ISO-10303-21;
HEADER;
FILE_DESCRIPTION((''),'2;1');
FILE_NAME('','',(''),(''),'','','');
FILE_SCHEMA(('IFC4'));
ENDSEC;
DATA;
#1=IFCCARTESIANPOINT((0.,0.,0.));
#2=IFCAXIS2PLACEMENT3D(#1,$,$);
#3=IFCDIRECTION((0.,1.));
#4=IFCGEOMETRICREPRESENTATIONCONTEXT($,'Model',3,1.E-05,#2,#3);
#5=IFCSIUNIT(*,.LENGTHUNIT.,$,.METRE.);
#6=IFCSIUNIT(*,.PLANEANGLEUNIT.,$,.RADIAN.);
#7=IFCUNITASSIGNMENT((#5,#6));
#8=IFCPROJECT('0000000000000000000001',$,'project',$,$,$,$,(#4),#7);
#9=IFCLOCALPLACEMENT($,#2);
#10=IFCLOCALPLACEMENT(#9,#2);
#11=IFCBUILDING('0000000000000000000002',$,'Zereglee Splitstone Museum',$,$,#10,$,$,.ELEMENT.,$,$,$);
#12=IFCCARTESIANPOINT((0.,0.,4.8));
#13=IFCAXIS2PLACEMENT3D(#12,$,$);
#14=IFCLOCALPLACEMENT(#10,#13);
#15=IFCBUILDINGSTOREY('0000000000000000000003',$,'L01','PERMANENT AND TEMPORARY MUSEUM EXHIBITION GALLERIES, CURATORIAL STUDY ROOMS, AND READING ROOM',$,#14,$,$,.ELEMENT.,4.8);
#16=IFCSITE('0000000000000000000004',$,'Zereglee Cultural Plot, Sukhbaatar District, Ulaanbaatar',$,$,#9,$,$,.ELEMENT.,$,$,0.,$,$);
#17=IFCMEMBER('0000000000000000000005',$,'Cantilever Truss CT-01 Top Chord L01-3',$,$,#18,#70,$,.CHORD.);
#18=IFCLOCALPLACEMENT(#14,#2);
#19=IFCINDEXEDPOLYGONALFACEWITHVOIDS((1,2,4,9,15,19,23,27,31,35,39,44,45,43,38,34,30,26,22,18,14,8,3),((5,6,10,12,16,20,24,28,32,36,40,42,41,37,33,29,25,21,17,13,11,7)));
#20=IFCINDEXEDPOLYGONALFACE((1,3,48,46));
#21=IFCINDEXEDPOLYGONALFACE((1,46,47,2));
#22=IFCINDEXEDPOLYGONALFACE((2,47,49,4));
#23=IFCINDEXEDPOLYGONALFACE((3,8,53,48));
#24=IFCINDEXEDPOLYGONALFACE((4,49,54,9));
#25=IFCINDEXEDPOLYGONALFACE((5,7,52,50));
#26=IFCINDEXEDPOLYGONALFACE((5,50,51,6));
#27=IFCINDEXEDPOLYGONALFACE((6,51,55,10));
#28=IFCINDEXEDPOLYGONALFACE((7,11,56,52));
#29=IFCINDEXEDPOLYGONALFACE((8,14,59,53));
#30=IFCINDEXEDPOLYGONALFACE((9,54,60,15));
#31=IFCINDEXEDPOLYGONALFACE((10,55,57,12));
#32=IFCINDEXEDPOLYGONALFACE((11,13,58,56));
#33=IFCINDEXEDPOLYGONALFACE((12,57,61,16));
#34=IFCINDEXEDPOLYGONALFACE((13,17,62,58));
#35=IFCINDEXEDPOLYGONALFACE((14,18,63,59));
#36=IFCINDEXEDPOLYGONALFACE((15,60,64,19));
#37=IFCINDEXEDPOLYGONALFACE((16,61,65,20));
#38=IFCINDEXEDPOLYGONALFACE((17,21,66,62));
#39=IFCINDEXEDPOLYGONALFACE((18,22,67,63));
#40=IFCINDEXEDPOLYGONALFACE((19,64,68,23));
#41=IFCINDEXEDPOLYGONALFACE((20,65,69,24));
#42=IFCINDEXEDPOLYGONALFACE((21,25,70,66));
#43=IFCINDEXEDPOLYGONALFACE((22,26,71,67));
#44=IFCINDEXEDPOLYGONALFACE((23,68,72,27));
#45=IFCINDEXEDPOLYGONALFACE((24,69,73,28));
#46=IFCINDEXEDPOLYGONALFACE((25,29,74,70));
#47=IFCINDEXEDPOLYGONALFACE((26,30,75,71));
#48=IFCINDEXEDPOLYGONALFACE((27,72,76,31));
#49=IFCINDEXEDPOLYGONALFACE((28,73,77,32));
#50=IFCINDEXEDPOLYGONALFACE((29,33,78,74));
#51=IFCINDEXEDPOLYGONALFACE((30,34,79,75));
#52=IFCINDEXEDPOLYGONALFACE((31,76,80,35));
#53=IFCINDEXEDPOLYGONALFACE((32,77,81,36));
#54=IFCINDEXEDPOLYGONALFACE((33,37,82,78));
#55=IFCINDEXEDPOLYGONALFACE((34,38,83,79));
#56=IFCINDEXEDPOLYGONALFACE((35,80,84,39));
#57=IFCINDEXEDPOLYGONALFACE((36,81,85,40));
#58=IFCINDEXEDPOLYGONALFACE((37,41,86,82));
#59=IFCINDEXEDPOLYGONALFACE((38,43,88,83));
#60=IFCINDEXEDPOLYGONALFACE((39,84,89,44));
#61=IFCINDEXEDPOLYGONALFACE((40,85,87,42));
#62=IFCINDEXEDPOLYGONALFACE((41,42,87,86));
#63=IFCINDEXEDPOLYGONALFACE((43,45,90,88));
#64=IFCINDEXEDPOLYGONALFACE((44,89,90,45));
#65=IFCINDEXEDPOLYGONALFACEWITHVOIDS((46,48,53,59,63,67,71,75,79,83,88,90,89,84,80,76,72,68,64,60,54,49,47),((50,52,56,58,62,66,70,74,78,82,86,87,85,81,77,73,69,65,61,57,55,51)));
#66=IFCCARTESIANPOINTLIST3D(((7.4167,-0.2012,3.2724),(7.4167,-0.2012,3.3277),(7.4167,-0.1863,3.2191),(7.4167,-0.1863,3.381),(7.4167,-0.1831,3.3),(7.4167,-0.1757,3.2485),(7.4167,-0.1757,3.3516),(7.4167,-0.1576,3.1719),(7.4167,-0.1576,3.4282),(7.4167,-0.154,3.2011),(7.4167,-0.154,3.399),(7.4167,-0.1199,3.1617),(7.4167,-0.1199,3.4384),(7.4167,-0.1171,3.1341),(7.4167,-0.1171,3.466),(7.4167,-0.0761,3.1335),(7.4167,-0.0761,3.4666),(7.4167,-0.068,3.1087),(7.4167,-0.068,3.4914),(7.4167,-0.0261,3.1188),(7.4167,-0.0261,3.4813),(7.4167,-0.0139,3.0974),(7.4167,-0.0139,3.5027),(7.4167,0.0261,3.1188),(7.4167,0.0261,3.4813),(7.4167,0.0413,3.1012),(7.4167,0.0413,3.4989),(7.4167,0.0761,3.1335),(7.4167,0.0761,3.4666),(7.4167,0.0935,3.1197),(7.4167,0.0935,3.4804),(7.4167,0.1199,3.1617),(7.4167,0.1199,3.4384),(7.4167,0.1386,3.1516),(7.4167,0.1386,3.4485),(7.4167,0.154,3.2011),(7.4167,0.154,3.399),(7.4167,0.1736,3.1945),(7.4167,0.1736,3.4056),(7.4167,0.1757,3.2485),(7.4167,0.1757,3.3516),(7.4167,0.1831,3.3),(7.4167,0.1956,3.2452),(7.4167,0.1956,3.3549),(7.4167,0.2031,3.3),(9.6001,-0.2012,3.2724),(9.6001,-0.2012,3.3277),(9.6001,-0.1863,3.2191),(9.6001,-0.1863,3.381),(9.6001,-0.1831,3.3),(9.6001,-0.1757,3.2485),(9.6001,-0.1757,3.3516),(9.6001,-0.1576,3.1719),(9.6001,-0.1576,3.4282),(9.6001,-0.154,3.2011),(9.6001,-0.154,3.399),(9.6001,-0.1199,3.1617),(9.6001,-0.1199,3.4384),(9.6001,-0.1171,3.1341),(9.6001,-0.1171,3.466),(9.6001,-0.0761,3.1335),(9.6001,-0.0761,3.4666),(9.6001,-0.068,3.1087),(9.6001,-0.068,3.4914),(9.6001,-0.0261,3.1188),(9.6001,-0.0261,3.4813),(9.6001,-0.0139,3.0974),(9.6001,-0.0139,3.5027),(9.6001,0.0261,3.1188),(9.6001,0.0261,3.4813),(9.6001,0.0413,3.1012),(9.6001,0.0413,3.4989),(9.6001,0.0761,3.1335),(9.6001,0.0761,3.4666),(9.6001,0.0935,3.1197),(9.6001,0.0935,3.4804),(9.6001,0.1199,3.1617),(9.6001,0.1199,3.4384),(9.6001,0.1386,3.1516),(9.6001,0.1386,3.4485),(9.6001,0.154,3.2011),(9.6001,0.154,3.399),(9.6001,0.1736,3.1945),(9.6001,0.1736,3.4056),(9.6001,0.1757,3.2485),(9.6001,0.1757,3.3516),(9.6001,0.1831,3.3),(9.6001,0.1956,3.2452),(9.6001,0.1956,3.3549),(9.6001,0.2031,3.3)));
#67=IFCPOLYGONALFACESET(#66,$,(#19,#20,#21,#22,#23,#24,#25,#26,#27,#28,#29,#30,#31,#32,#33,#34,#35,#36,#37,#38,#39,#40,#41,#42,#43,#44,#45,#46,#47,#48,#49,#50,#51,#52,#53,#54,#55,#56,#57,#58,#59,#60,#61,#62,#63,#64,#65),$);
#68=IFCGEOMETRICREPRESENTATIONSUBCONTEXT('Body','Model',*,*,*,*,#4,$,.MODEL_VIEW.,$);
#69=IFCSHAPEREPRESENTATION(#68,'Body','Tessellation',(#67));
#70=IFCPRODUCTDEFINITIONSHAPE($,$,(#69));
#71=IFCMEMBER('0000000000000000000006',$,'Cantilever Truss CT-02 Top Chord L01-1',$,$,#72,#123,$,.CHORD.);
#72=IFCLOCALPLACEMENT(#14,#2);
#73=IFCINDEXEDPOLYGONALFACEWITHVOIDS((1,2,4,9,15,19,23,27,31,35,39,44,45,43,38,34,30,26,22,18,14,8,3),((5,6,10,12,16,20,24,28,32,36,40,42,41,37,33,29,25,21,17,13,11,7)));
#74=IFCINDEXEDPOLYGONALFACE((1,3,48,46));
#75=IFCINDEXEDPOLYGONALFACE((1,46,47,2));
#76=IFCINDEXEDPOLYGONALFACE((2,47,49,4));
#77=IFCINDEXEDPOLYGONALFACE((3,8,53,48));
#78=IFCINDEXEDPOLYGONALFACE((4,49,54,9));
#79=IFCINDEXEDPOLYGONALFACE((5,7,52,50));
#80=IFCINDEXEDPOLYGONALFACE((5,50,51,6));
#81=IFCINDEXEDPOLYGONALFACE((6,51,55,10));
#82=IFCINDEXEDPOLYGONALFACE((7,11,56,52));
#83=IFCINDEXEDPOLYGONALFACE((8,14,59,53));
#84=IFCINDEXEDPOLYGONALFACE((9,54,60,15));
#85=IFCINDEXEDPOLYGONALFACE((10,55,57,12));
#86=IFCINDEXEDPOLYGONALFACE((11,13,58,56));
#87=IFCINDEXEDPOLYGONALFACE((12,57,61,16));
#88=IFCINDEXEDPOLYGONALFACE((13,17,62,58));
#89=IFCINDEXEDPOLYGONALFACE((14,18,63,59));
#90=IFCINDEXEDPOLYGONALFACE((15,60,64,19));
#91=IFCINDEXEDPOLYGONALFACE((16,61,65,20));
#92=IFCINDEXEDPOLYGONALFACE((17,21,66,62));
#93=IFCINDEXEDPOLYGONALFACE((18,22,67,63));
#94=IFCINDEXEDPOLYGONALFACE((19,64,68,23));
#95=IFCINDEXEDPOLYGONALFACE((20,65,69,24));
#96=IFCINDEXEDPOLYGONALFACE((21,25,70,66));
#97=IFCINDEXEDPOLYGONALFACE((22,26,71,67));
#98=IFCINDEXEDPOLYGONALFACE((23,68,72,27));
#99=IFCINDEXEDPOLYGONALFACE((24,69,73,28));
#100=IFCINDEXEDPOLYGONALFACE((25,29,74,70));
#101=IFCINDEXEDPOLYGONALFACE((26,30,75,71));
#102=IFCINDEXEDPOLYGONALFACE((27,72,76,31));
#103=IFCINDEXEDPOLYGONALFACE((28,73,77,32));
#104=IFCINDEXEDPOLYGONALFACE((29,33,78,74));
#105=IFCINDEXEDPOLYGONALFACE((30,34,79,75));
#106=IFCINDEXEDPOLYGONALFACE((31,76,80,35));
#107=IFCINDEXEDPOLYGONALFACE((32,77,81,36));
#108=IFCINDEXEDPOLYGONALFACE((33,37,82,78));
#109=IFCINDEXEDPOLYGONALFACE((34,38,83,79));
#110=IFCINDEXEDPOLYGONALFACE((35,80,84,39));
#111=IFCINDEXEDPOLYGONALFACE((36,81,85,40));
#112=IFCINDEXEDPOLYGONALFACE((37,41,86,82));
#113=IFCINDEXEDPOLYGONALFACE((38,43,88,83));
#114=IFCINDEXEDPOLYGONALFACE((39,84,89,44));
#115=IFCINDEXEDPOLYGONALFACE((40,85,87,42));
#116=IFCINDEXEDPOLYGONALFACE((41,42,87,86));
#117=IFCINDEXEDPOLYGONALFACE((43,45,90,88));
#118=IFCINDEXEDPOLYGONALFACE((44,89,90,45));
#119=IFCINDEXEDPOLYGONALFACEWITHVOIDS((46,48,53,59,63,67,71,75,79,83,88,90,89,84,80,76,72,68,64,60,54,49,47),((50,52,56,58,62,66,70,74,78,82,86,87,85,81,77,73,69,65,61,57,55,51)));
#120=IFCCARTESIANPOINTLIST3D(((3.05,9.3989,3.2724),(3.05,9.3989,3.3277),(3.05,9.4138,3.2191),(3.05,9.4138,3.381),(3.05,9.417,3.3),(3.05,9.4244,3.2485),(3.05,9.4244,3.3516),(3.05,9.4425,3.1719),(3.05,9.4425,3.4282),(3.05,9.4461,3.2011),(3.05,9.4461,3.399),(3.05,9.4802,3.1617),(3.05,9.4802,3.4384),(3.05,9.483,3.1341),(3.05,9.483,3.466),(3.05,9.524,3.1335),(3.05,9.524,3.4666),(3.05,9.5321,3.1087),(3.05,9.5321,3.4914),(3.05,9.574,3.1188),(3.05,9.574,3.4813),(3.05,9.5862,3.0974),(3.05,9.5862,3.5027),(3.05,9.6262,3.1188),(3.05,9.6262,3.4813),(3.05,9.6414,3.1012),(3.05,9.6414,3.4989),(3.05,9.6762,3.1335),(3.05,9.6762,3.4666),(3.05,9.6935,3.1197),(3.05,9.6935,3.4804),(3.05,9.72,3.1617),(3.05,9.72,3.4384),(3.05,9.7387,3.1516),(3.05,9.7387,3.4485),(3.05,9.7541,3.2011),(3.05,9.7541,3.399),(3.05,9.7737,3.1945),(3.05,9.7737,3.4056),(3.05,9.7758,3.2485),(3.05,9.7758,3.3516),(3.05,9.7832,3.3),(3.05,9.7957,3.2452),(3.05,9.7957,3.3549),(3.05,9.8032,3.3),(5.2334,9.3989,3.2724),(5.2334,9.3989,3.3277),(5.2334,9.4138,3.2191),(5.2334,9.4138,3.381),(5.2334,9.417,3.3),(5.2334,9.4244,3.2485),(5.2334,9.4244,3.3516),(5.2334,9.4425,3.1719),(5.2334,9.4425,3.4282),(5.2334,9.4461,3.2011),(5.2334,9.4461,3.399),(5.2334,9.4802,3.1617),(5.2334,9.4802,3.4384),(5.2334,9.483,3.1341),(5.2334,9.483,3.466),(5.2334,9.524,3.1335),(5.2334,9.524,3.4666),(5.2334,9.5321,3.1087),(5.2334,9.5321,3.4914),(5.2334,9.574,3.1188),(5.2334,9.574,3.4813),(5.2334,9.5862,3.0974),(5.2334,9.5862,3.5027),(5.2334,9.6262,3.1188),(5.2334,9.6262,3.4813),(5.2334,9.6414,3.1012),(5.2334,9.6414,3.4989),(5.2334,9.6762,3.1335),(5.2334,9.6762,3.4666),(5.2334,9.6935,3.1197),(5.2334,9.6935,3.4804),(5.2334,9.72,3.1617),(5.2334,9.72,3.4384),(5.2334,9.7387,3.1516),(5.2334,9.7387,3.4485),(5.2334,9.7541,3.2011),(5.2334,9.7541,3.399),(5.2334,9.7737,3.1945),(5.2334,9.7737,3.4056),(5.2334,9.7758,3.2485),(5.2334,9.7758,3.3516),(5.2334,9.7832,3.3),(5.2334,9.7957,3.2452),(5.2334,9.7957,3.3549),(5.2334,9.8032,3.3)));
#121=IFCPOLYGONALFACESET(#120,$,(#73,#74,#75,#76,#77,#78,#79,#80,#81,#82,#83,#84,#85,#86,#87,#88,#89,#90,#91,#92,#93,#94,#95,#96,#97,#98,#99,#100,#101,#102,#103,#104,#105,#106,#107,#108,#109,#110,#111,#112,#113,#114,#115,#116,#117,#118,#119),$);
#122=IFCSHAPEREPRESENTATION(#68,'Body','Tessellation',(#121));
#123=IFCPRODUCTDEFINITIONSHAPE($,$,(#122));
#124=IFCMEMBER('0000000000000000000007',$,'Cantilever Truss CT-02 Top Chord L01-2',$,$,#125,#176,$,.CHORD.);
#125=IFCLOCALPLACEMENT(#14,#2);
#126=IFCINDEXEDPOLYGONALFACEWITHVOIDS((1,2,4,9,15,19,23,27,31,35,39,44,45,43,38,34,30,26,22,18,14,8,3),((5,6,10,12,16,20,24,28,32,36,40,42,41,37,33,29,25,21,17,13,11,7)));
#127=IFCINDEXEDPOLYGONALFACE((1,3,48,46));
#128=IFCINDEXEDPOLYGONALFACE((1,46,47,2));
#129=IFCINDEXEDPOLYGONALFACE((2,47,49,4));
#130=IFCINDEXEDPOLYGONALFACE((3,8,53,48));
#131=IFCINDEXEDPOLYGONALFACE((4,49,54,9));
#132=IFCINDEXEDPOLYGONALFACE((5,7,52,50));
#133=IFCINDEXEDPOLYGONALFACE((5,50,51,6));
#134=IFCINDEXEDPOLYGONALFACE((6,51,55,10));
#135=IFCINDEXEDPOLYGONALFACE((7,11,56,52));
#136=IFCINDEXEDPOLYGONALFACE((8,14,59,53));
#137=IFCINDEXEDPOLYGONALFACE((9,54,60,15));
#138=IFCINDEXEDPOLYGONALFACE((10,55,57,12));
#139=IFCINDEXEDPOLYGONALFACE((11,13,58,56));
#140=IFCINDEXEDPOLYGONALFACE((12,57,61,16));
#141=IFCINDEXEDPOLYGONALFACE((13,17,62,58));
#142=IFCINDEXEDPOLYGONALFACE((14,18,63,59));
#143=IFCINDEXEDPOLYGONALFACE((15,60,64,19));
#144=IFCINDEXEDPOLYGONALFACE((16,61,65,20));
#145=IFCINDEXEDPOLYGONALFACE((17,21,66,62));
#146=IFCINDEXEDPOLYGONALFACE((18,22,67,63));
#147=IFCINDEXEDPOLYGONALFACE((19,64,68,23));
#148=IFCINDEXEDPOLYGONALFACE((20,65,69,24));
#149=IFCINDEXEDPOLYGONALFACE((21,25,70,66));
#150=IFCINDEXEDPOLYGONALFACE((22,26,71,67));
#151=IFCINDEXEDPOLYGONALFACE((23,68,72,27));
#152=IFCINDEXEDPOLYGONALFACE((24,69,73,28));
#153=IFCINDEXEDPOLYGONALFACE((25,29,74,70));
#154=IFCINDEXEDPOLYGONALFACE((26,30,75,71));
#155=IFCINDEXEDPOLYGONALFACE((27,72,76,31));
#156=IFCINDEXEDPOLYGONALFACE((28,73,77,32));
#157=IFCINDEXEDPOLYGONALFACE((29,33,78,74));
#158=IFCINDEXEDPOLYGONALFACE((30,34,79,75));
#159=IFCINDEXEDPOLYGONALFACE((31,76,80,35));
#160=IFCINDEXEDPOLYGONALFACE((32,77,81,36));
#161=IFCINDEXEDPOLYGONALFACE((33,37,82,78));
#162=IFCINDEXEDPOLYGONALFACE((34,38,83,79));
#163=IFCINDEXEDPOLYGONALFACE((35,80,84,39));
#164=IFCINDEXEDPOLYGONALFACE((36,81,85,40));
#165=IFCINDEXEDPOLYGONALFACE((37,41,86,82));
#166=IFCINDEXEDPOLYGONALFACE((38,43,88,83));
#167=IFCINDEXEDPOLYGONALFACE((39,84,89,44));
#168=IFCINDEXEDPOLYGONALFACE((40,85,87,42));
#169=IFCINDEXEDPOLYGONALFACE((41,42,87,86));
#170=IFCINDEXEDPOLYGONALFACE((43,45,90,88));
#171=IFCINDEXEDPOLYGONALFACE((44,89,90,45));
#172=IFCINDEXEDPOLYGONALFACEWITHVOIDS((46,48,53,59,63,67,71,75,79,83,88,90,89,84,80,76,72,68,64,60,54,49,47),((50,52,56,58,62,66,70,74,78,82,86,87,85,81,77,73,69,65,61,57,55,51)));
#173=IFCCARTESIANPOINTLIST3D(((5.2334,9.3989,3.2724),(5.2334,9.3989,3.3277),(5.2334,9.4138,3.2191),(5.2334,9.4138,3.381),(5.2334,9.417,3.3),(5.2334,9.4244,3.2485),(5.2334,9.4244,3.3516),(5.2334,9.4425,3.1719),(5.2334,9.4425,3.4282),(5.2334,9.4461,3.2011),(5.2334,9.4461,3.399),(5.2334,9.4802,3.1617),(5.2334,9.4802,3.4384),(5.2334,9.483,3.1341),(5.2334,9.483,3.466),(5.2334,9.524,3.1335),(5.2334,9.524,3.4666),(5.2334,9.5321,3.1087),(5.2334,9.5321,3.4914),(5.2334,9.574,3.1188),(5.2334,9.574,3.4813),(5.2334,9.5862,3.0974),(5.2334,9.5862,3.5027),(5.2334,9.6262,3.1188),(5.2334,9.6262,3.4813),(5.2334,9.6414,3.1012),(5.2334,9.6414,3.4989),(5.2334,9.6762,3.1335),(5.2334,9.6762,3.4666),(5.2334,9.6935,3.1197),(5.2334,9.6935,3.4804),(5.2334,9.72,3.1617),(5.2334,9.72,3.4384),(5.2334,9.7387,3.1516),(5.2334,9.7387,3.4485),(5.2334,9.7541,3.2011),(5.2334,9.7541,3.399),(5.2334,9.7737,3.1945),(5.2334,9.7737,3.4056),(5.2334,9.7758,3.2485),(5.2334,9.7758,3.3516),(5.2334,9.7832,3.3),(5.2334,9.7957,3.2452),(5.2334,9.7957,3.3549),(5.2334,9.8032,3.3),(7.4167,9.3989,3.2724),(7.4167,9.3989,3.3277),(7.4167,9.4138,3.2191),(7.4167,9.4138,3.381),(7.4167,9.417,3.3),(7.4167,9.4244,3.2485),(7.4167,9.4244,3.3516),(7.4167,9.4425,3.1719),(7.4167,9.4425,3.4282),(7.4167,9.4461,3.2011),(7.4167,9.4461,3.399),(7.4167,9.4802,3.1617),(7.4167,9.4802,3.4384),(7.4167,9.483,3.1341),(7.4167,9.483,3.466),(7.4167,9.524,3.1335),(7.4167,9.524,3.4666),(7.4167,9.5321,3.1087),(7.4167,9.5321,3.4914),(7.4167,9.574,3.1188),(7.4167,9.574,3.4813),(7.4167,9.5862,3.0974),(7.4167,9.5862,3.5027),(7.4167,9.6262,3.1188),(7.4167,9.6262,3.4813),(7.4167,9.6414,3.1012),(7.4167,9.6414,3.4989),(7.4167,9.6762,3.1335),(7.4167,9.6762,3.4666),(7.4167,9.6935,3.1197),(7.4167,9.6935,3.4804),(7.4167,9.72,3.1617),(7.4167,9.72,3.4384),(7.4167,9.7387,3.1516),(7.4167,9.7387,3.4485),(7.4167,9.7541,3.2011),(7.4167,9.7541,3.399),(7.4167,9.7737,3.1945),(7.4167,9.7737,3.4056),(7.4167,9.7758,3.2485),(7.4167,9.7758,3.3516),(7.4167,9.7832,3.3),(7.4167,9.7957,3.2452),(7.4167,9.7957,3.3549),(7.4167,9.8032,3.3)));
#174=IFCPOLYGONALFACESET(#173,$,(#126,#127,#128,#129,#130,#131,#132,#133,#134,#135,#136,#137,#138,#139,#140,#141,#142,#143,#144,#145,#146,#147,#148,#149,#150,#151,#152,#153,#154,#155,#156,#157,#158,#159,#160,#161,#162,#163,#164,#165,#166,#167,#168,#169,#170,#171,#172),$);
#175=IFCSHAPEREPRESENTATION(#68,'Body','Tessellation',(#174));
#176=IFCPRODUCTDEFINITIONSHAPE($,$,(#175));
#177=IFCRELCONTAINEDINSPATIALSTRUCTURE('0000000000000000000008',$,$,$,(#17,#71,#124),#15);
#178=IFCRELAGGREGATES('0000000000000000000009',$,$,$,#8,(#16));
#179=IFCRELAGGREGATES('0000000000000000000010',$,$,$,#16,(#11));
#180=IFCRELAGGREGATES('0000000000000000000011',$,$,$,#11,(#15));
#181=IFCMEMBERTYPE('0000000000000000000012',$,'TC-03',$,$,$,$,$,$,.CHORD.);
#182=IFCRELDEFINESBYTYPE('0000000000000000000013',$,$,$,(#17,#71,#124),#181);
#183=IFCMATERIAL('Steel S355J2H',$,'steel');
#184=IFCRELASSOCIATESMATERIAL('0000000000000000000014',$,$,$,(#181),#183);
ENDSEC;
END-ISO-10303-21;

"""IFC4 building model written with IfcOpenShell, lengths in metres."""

from ifc_helpers import new_model, si_unit, direction, frame, origin, origin_2d, place, context, subcontext, project, spatial, hollow_circle, extrude, material, material_profile, profile_set, type_object, element, save


model = new_model("IFC4")

# Units and contexts
model_context = context("Model", 3, precision=1e-05, world=origin(), true_north=direction((0.0, 1.0)))
body_context = subcontext(model_context, "Body", "Model", "MODEL_VIEW")
ifc_project = project(units=[si_unit("LENGTHUNIT", "METRE"), si_unit("PLANEANGLEUNIT", "RADIAN")], contexts=[model_context])

# Site, building, storey
site_placement = place(None, origin())
site = spatial("IfcSite", under=ifc_project, at=site_placement, Name="Zereglee Cultural Plot, Sukhbaatar District, Ulaanbaatar", CompositionType="ELEMENT", RefElevation=0.0)
building_placement = place(site_placement, origin())
building = spatial("IfcBuilding", under=site, at=building_placement, Name="Zereglee Splitstone Museum", CompositionType="ELEMENT")
storey_placement = place(building_placement, frame((0.0, 0.0, 4.8)))
storey = spatial("IfcBuildingStorey", under=building, at=storey_placement, Name="L01", Description="PERMANENT AND TEMPORARY MUSEUM EXHIBITION GALLERIES, CURATORIAL STUDY ROOMS, AND READING ROOM", CompositionType="ELEMENT", Elevation=4.8)

# Members
ifc_material_1 = material(Name="Steel S355J2H", Category="steel")
ifc_material_profile_1 = material_profile(ifc_material_1, hollow_circle(Radius=0.2031, WallThickness=0.02, at=origin_2d()), Name="CHS 406.4x20")
ifc_profile_set_1 = profile_set([ifc_material_profile_1], Name="Steel S355J2H")
member_type_1 = type_object("IfcMemberType", Name="TC-03", PredefinedType="CHORD", material=ifc_profile_set_1)
for number, where, z_axis, x_axis, name in (
    (1, (7.4167, 0.0, 3.3), (1.0, 0.0, 0.0), (0.0, 1.0, 0.0), "Cantilever Truss CT-01 Top Chord L01-3"),
    (2, (3.05, 9.6001, 3.3), (1.0, 0.0, 0.0), (0.0, 1.0, 0.0), "Cantilever Truss CT-02 Top Chord L01-1"),
    (3, (5.2334, 9.6001, 3.3), (1.0, 0.0, 0.0), (0.0, 1.0, 0.0), "Cantilever Truss CT-02 Top Chord L01-2"),
):
    element("IfcMember", number, at=place(storey_placement, frame(where, z_axis=z_axis, x_axis=x_axis)), inside=storey, type_object=member_type_1, Name=name, PredefinedType="CHORD", context=body_context, shape_type="SweptSolid", body=[
        extrude(hollow_circle(Radius=0.2031, WallThickness=0.02, at=origin_2d()), origin(), (0.0, 0.0, 1.0), 2.1833),
    ])

save(model, "model.ifc")
